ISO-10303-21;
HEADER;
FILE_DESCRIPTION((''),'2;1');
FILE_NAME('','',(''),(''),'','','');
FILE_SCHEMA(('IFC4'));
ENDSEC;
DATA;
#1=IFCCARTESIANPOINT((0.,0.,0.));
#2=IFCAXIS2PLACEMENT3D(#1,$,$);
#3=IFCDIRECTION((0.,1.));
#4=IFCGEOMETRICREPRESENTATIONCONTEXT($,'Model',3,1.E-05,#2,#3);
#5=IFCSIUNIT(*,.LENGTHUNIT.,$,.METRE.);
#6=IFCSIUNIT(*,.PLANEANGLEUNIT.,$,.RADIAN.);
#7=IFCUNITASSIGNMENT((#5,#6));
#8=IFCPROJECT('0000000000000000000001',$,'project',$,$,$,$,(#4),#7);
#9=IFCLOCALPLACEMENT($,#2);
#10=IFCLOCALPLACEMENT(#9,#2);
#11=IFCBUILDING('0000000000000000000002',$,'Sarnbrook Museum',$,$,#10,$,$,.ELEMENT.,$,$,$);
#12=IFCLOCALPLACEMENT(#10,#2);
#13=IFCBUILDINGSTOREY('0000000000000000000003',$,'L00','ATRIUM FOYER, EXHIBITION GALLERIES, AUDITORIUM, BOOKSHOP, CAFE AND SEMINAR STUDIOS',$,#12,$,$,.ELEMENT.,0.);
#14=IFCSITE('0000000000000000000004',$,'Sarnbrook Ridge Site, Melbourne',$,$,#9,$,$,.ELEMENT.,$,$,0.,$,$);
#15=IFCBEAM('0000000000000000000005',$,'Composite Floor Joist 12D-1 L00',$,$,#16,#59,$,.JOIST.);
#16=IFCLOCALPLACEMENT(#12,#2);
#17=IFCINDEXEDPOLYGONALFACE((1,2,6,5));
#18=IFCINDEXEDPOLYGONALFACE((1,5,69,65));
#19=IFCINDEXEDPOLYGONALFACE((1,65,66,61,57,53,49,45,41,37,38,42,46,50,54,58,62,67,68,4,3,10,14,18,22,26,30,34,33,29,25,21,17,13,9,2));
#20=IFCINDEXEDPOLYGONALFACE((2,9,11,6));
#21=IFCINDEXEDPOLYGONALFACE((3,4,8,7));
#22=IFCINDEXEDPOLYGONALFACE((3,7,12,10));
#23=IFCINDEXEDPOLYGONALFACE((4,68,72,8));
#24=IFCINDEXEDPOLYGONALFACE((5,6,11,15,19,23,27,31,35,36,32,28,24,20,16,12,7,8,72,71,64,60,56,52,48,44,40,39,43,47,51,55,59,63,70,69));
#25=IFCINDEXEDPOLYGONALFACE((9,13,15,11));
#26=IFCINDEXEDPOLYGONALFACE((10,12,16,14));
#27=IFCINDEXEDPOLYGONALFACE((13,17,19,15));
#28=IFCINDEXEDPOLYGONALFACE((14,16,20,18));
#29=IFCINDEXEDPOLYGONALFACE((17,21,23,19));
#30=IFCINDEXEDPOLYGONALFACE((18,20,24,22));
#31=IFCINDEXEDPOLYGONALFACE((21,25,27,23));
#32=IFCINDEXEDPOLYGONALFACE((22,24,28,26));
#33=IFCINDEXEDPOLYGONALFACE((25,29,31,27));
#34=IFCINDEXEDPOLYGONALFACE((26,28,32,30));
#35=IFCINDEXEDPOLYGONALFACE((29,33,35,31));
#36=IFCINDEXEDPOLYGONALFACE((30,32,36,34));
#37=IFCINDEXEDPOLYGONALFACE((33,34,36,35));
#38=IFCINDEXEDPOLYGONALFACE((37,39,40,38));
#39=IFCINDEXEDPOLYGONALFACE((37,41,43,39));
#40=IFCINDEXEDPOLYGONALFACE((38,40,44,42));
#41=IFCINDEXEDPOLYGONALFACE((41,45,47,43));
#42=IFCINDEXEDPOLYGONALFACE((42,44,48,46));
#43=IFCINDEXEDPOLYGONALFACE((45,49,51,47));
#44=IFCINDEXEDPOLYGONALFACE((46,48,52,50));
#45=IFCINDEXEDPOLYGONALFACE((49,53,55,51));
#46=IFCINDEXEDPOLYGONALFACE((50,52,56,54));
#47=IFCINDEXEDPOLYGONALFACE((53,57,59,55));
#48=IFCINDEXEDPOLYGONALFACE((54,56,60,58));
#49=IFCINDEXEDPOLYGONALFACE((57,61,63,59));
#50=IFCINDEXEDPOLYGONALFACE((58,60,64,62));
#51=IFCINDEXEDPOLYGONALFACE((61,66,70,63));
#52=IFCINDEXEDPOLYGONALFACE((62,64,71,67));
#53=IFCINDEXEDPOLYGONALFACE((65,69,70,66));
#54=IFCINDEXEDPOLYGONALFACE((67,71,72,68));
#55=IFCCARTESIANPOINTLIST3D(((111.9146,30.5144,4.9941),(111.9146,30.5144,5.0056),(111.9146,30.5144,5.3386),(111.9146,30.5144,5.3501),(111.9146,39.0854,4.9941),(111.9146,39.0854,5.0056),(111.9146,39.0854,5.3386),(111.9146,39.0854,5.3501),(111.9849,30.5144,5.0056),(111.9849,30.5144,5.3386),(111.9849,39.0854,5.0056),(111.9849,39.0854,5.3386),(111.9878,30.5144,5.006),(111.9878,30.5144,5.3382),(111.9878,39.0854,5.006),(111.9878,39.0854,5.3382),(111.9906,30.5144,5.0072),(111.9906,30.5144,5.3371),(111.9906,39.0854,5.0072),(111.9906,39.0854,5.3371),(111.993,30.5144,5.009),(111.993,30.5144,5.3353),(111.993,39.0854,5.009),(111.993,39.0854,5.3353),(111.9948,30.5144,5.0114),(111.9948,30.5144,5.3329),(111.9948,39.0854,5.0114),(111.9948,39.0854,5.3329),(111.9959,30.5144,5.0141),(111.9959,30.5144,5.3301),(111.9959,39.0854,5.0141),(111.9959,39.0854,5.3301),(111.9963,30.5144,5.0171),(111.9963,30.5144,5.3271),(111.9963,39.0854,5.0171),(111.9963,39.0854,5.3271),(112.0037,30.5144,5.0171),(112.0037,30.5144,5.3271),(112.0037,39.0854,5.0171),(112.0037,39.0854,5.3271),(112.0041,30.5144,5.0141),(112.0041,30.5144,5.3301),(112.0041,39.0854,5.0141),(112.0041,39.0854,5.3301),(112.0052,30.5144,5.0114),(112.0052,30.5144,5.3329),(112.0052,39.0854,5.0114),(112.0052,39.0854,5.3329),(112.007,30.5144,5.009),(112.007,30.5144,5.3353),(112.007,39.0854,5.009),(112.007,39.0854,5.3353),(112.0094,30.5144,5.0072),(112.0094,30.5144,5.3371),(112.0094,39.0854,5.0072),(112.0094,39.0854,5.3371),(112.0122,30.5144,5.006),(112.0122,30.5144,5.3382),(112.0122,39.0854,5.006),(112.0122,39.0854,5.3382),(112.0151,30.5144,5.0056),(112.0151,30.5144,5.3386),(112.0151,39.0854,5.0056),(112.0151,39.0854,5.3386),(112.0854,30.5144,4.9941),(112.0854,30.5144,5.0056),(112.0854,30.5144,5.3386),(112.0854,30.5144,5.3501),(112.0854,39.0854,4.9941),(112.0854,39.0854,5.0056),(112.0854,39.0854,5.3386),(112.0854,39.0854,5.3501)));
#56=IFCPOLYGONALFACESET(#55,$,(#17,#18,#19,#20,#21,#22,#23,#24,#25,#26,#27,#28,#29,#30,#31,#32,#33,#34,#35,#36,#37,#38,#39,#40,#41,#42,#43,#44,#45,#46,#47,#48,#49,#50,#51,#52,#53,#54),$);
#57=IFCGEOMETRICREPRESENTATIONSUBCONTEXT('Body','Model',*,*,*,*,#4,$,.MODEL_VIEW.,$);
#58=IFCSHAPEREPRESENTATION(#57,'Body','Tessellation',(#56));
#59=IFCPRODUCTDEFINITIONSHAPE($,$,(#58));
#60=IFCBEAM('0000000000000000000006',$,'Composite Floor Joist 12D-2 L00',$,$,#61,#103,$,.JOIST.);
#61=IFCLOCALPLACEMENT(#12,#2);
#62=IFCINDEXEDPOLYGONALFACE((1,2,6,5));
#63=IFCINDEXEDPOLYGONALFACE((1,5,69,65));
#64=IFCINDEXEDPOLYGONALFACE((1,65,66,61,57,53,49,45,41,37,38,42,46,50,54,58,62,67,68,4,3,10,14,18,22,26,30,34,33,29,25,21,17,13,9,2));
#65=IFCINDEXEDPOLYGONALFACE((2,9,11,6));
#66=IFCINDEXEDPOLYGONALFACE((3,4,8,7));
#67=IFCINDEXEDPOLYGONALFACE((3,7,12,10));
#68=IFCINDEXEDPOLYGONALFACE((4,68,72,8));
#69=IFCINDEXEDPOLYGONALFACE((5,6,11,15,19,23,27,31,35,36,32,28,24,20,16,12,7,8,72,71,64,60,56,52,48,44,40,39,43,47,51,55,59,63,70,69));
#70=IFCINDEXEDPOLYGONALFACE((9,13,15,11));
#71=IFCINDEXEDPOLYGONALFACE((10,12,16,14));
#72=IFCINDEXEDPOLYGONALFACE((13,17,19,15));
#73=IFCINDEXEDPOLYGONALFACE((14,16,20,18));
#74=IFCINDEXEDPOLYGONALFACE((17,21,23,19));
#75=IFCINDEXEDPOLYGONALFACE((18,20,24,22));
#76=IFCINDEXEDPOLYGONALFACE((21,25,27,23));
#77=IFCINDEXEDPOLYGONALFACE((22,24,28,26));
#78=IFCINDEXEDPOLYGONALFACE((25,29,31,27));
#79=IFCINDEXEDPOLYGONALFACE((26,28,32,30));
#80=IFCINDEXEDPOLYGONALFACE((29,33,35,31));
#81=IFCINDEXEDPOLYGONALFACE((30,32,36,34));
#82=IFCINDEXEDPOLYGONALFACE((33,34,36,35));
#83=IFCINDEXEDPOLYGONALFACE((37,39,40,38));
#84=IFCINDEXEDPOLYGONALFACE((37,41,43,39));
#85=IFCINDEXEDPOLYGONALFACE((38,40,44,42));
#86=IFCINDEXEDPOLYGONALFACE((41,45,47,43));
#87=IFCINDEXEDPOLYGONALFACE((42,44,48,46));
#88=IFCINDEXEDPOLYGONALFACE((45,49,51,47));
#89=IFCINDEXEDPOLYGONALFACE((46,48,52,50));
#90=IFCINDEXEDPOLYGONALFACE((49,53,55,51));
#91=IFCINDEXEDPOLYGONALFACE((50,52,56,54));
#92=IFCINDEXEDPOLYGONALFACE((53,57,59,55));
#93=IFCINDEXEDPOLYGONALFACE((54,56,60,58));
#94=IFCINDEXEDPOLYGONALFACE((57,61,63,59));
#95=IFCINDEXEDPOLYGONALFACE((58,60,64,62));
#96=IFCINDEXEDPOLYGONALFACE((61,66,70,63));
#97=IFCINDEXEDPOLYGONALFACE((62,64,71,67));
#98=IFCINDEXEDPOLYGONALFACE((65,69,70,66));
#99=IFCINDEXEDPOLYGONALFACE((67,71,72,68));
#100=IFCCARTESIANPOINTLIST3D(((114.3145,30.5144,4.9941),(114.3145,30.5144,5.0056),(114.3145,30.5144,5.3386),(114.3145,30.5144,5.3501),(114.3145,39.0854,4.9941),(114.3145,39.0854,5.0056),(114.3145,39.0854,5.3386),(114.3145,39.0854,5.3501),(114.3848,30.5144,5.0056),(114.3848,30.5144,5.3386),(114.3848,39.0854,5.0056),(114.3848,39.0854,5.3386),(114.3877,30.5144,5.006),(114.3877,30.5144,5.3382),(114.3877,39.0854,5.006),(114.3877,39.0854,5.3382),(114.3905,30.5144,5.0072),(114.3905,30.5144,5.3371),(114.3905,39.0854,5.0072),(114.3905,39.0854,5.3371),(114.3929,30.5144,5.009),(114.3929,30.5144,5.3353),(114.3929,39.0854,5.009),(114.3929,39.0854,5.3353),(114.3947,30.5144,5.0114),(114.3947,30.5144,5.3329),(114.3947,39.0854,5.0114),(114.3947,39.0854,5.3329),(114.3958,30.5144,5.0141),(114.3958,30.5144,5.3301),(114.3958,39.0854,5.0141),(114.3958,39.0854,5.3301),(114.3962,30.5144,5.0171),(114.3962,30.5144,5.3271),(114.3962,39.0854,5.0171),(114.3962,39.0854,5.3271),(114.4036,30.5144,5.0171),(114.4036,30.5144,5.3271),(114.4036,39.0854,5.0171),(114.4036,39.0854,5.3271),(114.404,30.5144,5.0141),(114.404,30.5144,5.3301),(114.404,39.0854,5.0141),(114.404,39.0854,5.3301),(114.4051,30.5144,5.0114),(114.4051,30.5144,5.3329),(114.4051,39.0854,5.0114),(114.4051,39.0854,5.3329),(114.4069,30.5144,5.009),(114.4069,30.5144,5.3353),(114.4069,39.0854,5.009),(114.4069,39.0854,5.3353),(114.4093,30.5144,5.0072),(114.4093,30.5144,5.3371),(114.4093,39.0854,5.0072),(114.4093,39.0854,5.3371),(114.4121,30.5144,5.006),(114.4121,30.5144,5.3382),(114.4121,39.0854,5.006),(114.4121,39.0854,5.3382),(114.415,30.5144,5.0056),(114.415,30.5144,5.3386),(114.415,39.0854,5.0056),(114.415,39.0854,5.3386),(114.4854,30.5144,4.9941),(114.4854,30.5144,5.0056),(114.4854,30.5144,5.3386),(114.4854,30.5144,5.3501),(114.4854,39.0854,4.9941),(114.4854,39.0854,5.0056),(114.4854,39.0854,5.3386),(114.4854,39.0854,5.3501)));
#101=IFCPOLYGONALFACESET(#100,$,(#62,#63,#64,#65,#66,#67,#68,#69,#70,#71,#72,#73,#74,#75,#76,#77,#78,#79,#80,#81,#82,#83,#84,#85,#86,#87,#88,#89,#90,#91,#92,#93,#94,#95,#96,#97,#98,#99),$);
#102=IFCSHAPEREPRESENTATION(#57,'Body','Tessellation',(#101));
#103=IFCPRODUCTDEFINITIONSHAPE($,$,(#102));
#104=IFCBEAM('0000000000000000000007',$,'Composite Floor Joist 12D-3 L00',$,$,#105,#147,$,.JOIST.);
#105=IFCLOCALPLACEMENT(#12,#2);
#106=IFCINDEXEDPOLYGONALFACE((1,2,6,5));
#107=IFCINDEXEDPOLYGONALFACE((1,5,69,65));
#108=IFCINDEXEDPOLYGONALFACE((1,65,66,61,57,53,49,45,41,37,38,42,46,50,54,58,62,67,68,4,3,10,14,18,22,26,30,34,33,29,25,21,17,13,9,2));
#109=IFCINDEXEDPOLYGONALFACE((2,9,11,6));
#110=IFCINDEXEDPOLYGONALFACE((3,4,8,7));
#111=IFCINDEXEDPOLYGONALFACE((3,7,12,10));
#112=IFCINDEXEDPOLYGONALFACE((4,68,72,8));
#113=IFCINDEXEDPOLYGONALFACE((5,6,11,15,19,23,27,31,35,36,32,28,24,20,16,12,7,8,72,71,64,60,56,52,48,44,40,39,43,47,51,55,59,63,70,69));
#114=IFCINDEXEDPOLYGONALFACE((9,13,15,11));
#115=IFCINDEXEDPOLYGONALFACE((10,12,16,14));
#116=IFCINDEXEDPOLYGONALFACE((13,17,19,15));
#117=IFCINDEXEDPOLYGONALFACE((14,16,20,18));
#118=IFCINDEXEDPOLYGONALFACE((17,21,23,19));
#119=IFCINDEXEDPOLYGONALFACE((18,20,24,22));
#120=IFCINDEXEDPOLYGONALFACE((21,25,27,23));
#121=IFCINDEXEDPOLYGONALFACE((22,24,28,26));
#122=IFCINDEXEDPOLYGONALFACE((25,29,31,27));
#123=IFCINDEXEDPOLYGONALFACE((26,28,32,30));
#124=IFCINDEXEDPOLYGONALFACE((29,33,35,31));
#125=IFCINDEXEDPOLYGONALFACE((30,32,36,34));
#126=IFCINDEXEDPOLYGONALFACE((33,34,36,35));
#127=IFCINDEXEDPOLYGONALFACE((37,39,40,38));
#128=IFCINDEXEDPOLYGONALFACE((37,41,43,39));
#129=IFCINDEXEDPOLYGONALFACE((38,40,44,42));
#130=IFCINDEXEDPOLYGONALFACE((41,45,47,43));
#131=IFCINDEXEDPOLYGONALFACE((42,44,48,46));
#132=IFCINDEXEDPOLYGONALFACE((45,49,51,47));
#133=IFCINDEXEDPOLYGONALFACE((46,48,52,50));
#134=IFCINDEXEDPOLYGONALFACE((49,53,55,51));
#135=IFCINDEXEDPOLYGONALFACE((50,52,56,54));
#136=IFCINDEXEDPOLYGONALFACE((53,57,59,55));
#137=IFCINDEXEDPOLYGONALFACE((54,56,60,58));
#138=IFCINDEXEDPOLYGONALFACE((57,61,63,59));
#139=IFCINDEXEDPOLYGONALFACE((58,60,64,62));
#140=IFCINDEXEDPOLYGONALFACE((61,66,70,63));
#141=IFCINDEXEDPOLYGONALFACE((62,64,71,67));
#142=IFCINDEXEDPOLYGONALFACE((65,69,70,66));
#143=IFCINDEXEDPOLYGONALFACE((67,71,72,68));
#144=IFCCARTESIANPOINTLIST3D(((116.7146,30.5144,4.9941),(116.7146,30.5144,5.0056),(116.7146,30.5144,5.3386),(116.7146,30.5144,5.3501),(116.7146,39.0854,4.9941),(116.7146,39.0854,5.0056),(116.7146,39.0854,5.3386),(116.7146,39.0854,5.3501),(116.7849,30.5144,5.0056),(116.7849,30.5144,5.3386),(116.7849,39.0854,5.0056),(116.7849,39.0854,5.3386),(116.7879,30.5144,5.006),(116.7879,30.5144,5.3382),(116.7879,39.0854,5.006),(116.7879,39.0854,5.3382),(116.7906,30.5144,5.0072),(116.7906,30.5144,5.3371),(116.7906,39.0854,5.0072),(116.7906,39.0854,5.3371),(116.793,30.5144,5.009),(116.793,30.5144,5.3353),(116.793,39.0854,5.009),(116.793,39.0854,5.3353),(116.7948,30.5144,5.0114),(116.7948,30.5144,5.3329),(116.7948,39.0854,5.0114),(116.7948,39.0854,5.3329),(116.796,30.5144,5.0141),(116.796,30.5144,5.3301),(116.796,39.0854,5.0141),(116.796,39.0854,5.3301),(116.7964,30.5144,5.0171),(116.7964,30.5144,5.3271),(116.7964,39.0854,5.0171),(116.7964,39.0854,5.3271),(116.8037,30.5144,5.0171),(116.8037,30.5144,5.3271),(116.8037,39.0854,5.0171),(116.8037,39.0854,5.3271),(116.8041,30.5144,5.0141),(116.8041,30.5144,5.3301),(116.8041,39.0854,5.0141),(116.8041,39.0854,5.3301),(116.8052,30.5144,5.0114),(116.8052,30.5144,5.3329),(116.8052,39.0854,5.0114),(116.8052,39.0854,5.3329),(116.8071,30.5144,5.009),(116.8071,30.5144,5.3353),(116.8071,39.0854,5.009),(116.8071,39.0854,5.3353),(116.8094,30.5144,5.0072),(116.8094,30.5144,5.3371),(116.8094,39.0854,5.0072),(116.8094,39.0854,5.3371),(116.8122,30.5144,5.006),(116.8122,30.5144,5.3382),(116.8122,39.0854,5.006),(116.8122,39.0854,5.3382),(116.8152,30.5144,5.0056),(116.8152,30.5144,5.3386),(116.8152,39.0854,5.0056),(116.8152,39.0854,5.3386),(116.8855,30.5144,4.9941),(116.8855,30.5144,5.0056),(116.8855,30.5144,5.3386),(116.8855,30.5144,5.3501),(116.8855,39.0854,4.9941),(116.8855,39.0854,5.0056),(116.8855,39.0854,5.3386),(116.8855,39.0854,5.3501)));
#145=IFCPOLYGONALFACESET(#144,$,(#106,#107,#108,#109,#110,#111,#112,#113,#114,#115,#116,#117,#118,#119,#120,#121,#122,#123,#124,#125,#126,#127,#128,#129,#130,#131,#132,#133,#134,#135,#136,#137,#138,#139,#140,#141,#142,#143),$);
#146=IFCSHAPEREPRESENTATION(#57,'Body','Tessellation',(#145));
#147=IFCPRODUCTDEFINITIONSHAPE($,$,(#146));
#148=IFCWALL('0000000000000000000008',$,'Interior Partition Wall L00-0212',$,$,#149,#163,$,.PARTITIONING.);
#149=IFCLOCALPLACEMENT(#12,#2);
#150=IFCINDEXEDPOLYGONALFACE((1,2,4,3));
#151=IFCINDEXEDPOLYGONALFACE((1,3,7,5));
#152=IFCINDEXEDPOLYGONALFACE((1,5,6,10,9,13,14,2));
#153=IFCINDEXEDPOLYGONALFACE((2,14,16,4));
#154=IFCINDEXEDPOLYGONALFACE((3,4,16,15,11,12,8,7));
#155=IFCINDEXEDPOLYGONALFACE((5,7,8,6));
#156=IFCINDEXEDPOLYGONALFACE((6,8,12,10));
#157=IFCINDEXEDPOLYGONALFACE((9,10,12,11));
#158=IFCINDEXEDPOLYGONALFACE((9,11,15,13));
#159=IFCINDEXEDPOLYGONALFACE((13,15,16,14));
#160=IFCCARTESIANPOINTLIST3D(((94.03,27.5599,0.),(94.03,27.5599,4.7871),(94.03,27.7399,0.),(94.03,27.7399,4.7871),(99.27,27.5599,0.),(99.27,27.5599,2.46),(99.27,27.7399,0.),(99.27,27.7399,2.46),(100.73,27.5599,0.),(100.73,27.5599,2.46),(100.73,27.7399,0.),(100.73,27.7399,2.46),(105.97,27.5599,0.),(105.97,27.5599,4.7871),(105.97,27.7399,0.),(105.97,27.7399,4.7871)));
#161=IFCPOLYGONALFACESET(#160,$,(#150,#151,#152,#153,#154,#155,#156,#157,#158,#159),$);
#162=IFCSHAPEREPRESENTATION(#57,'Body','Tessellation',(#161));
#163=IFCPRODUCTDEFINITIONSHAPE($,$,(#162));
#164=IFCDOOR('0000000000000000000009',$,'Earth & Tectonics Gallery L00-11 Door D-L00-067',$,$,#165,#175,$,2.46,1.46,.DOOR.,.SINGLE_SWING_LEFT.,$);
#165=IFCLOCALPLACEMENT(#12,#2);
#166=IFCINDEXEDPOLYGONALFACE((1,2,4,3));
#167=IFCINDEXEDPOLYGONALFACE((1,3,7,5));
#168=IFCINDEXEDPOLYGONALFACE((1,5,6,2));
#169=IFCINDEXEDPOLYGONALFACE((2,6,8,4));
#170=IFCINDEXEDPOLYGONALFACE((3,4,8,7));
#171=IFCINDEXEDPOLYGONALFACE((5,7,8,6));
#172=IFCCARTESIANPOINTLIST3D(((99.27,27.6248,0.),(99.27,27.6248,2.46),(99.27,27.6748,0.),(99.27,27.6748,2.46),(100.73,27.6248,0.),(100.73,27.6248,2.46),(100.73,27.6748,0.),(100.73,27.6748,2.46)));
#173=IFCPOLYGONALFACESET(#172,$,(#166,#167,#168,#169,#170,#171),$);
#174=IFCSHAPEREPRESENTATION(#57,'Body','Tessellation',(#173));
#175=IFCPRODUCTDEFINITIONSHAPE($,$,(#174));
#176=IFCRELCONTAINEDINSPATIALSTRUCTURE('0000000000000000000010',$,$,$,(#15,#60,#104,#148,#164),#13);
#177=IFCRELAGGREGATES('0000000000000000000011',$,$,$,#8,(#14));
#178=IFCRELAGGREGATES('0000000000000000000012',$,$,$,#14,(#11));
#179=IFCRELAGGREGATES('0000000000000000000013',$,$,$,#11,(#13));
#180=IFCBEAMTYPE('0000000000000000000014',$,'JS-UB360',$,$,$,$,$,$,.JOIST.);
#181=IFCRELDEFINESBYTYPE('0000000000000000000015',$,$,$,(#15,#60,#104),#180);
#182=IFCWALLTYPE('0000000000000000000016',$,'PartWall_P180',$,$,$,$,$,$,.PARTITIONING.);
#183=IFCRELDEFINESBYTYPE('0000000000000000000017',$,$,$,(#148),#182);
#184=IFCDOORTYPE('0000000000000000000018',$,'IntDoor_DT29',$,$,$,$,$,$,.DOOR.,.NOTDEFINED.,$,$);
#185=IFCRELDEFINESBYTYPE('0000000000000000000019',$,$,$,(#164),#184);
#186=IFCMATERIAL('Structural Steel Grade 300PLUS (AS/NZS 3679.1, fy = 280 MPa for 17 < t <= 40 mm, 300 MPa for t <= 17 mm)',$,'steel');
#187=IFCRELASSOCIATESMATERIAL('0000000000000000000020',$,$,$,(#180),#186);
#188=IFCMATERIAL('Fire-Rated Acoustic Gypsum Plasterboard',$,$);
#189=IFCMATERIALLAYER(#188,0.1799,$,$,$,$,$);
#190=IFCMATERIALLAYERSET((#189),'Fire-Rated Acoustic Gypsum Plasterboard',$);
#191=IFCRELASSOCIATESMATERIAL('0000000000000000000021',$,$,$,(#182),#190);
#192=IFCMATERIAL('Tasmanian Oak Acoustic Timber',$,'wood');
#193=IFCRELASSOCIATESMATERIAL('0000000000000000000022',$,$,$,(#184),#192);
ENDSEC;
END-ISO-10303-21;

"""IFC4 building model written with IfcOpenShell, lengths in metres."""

from ifc_helpers import new_model, si_unit, direction, frame, frame_2d, origin, origin_2d, place, context, subcontext, project, spatial, rectangle, i_section, extrude, material, layer, layer_set, material_profile, profile_set, type_object, element, fill, save


model = new_model("IFC4")

# Units and contexts
model_context = context("Model", 3, precision=1e-05, world=origin(), true_north=direction((0.0, 1.0)))
body_context = subcontext(model_context, "Body", "Model", "MODEL_VIEW")
ifc_project = project(units=[si_unit("LENGTHUNIT", "METRE"), si_unit("PLANEANGLEUNIT", "RADIAN")], contexts=[model_context])

# Site, building, storey
site_placement = place(None, origin())
site = spatial("IfcSite", under=ifc_project, at=site_placement, Name="Sarnbrook Ridge Site, Melbourne", CompositionType="ELEMENT", RefElevation=0.0)
building_placement = place(site_placement, origin())
building = spatial("IfcBuilding", under=site, at=building_placement, Name="Sarnbrook Museum", CompositionType="ELEMENT")
storey_placement = place(building_placement, origin())
storey = spatial("IfcBuildingStorey", under=building, at=storey_placement, Name="L00", Description="ATRIUM FOYER, EXHIBITION GALLERIES, AUDITORIUM, BOOKSHOP, CAFE AND SEMINAR STUDIOS", CompositionType="ELEMENT", Elevation=0.0)

# Shared definitions
ifc_material_1 = material(Name="Structural Steel Grade 300PLUS (AS/NZS 3679.1, fy = 280 MPa for 17 < t <= 40 mm, 300 MPa for t <= 17 mm)", Category="steel")

# Beams
ifc_material_profile_1 = material_profile(ifc_material_1, i_section(OverallWidth=0.1709, OverallDepth=0.356, WebThickness=0.0073, FlangeThickness=0.0115, FilletRadius=0.0115, at=origin_2d()), Name="360UB50.7")
ifc_profile_set_1 = profile_set([ifc_material_profile_1], Name="Structural Steel Grade 300PLUS (AS/NZS 3679.1, fy = 280 MPa for 17 < t <= 40 mm, 300 MPa for t <= 17 mm)")
beam_type_1 = type_object("IfcBeamType", Name="JS-UB360", PredefinedType="JOIST", material=ifc_profile_set_1)
for number, where, z_axis, x_axis, name in (
    (1, (112.0, 30.5144, 5.1721), (0.0, 1.0, 0.0), (-1.0, 0.0, 0.0), "Composite Floor Joist 12D-1 L00"),
    (2, (114.3999, 30.5144, 5.1721), (0.0, 1.0, 0.0), (-1.0, 0.0, 0.0), "Composite Floor Joist 12D-2 L00"),
    (3, (116.8, 30.5144, 5.1721), (0.0, 1.0, 0.0), (-1.0, 0.0, 0.0), "Composite Floor Joist 12D-3 L00"),
):
    element("IfcBeam", number, at=place(storey_placement, frame(where, z_axis=z_axis, x_axis=x_axis)), inside=storey, type_object=beam_type_1, Name=name, PredefinedType="JOIST", context=body_context, shape_type="SweptSolid", body=[
        extrude(i_section(OverallWidth=0.1709, OverallDepth=0.356, WebThickness=0.0073, FlangeThickness=0.0115, FilletRadius=0.0115, at=origin_2d()), origin(), (0.0, 0.0, 1.0), 8.571),
    ])

# Wall, opening, door
ifc_material_2 = material(Name="Fire-Rated Acoustic Gypsum Plasterboard")
ifc_layer = layer(ifc_material_2, 0.1799)
ifc_layer_set = layer_set([ifc_layer], Name="Fire-Rated Acoustic Gypsum Plasterboard")
wall_type = type_object("IfcWallType", Name="PartWall_P180", PredefinedType="PARTITIONING", material=ifc_layer_set)
wall_placement = place(storey_placement, frame((105.97, 27.6499, 0.0), z_axis=(0.0, 0.0, 1.0), x_axis=(-1.0, 0.0, 0.0)))
wall = element("IfcWall", 4, at=wall_placement, inside=storey, type_object=wall_type, Name="Interior Partition Wall L00-0212", PredefinedType="PARTITIONING", context=body_context, shape_type="SweptSolid", body=[
    extrude(rectangle(XDim=11.9399, YDim=0.1799, at=frame_2d((5.97, 0.0))), origin(), (0.0, 0.0, 1.0), 4.7871),
])
opening_placement = place(wall_placement, frame((5.24, 0.0, 0.0)))
opening = element("IfcOpeningElement", 5, at=opening_placement, cuts=wall, PredefinedType="OPENING", context=body_context, shape_type="SweptSolid", body=[
    extrude(rectangle(XDim=1.46, YDim=2.46, at=frame_2d((0.73, 1.23))), frame((0.0, 0.1001, 0.0), z_axis=(0.0, -1.0, 0.0), x_axis=(1.0, 0.0, 0.0)), (0.0, 0.0, 1.0), 0.2),
])
ifc_material_3 = material(Name="Tasmanian Oak Acoustic Timber", Category="wood")
door_type = type_object("IfcDoorType", Name="IntDoor_DT29", OperationType="NOTDEFINED", PredefinedType="DOOR", material=ifc_material_3)
door_placement = place(opening_placement, frame((1.46, 0.0, 0.0), z_axis=(0.0, 0.0, 1.0), x_axis=(-1.0, 0.0, 0.0)))
door = element("IfcDoor", 6, at=door_placement, inside=storey, type_object=door_type, Name="Earth & Tectonics Gallery L00-11 Door D-L00-067", OperationType="SINGLE_SWING_LEFT", OverallHeight=2.46, OverallWidth=1.46, PredefinedType="DOOR", context=body_context, shape_type="SweptSolid", body=[
    extrude(rectangle(XDim=1.46, YDim=2.46, at=frame_2d((0.73, 1.23))), frame((0.0, 0.0249, 0.0), z_axis=(0.0, -1.0, 0.0), x_axis=(1.0, 0.0, 0.0)), (0.0, 0.0, 1.0), 0.05),
])
fill(opening, door)

save(model, "model.ifc")
